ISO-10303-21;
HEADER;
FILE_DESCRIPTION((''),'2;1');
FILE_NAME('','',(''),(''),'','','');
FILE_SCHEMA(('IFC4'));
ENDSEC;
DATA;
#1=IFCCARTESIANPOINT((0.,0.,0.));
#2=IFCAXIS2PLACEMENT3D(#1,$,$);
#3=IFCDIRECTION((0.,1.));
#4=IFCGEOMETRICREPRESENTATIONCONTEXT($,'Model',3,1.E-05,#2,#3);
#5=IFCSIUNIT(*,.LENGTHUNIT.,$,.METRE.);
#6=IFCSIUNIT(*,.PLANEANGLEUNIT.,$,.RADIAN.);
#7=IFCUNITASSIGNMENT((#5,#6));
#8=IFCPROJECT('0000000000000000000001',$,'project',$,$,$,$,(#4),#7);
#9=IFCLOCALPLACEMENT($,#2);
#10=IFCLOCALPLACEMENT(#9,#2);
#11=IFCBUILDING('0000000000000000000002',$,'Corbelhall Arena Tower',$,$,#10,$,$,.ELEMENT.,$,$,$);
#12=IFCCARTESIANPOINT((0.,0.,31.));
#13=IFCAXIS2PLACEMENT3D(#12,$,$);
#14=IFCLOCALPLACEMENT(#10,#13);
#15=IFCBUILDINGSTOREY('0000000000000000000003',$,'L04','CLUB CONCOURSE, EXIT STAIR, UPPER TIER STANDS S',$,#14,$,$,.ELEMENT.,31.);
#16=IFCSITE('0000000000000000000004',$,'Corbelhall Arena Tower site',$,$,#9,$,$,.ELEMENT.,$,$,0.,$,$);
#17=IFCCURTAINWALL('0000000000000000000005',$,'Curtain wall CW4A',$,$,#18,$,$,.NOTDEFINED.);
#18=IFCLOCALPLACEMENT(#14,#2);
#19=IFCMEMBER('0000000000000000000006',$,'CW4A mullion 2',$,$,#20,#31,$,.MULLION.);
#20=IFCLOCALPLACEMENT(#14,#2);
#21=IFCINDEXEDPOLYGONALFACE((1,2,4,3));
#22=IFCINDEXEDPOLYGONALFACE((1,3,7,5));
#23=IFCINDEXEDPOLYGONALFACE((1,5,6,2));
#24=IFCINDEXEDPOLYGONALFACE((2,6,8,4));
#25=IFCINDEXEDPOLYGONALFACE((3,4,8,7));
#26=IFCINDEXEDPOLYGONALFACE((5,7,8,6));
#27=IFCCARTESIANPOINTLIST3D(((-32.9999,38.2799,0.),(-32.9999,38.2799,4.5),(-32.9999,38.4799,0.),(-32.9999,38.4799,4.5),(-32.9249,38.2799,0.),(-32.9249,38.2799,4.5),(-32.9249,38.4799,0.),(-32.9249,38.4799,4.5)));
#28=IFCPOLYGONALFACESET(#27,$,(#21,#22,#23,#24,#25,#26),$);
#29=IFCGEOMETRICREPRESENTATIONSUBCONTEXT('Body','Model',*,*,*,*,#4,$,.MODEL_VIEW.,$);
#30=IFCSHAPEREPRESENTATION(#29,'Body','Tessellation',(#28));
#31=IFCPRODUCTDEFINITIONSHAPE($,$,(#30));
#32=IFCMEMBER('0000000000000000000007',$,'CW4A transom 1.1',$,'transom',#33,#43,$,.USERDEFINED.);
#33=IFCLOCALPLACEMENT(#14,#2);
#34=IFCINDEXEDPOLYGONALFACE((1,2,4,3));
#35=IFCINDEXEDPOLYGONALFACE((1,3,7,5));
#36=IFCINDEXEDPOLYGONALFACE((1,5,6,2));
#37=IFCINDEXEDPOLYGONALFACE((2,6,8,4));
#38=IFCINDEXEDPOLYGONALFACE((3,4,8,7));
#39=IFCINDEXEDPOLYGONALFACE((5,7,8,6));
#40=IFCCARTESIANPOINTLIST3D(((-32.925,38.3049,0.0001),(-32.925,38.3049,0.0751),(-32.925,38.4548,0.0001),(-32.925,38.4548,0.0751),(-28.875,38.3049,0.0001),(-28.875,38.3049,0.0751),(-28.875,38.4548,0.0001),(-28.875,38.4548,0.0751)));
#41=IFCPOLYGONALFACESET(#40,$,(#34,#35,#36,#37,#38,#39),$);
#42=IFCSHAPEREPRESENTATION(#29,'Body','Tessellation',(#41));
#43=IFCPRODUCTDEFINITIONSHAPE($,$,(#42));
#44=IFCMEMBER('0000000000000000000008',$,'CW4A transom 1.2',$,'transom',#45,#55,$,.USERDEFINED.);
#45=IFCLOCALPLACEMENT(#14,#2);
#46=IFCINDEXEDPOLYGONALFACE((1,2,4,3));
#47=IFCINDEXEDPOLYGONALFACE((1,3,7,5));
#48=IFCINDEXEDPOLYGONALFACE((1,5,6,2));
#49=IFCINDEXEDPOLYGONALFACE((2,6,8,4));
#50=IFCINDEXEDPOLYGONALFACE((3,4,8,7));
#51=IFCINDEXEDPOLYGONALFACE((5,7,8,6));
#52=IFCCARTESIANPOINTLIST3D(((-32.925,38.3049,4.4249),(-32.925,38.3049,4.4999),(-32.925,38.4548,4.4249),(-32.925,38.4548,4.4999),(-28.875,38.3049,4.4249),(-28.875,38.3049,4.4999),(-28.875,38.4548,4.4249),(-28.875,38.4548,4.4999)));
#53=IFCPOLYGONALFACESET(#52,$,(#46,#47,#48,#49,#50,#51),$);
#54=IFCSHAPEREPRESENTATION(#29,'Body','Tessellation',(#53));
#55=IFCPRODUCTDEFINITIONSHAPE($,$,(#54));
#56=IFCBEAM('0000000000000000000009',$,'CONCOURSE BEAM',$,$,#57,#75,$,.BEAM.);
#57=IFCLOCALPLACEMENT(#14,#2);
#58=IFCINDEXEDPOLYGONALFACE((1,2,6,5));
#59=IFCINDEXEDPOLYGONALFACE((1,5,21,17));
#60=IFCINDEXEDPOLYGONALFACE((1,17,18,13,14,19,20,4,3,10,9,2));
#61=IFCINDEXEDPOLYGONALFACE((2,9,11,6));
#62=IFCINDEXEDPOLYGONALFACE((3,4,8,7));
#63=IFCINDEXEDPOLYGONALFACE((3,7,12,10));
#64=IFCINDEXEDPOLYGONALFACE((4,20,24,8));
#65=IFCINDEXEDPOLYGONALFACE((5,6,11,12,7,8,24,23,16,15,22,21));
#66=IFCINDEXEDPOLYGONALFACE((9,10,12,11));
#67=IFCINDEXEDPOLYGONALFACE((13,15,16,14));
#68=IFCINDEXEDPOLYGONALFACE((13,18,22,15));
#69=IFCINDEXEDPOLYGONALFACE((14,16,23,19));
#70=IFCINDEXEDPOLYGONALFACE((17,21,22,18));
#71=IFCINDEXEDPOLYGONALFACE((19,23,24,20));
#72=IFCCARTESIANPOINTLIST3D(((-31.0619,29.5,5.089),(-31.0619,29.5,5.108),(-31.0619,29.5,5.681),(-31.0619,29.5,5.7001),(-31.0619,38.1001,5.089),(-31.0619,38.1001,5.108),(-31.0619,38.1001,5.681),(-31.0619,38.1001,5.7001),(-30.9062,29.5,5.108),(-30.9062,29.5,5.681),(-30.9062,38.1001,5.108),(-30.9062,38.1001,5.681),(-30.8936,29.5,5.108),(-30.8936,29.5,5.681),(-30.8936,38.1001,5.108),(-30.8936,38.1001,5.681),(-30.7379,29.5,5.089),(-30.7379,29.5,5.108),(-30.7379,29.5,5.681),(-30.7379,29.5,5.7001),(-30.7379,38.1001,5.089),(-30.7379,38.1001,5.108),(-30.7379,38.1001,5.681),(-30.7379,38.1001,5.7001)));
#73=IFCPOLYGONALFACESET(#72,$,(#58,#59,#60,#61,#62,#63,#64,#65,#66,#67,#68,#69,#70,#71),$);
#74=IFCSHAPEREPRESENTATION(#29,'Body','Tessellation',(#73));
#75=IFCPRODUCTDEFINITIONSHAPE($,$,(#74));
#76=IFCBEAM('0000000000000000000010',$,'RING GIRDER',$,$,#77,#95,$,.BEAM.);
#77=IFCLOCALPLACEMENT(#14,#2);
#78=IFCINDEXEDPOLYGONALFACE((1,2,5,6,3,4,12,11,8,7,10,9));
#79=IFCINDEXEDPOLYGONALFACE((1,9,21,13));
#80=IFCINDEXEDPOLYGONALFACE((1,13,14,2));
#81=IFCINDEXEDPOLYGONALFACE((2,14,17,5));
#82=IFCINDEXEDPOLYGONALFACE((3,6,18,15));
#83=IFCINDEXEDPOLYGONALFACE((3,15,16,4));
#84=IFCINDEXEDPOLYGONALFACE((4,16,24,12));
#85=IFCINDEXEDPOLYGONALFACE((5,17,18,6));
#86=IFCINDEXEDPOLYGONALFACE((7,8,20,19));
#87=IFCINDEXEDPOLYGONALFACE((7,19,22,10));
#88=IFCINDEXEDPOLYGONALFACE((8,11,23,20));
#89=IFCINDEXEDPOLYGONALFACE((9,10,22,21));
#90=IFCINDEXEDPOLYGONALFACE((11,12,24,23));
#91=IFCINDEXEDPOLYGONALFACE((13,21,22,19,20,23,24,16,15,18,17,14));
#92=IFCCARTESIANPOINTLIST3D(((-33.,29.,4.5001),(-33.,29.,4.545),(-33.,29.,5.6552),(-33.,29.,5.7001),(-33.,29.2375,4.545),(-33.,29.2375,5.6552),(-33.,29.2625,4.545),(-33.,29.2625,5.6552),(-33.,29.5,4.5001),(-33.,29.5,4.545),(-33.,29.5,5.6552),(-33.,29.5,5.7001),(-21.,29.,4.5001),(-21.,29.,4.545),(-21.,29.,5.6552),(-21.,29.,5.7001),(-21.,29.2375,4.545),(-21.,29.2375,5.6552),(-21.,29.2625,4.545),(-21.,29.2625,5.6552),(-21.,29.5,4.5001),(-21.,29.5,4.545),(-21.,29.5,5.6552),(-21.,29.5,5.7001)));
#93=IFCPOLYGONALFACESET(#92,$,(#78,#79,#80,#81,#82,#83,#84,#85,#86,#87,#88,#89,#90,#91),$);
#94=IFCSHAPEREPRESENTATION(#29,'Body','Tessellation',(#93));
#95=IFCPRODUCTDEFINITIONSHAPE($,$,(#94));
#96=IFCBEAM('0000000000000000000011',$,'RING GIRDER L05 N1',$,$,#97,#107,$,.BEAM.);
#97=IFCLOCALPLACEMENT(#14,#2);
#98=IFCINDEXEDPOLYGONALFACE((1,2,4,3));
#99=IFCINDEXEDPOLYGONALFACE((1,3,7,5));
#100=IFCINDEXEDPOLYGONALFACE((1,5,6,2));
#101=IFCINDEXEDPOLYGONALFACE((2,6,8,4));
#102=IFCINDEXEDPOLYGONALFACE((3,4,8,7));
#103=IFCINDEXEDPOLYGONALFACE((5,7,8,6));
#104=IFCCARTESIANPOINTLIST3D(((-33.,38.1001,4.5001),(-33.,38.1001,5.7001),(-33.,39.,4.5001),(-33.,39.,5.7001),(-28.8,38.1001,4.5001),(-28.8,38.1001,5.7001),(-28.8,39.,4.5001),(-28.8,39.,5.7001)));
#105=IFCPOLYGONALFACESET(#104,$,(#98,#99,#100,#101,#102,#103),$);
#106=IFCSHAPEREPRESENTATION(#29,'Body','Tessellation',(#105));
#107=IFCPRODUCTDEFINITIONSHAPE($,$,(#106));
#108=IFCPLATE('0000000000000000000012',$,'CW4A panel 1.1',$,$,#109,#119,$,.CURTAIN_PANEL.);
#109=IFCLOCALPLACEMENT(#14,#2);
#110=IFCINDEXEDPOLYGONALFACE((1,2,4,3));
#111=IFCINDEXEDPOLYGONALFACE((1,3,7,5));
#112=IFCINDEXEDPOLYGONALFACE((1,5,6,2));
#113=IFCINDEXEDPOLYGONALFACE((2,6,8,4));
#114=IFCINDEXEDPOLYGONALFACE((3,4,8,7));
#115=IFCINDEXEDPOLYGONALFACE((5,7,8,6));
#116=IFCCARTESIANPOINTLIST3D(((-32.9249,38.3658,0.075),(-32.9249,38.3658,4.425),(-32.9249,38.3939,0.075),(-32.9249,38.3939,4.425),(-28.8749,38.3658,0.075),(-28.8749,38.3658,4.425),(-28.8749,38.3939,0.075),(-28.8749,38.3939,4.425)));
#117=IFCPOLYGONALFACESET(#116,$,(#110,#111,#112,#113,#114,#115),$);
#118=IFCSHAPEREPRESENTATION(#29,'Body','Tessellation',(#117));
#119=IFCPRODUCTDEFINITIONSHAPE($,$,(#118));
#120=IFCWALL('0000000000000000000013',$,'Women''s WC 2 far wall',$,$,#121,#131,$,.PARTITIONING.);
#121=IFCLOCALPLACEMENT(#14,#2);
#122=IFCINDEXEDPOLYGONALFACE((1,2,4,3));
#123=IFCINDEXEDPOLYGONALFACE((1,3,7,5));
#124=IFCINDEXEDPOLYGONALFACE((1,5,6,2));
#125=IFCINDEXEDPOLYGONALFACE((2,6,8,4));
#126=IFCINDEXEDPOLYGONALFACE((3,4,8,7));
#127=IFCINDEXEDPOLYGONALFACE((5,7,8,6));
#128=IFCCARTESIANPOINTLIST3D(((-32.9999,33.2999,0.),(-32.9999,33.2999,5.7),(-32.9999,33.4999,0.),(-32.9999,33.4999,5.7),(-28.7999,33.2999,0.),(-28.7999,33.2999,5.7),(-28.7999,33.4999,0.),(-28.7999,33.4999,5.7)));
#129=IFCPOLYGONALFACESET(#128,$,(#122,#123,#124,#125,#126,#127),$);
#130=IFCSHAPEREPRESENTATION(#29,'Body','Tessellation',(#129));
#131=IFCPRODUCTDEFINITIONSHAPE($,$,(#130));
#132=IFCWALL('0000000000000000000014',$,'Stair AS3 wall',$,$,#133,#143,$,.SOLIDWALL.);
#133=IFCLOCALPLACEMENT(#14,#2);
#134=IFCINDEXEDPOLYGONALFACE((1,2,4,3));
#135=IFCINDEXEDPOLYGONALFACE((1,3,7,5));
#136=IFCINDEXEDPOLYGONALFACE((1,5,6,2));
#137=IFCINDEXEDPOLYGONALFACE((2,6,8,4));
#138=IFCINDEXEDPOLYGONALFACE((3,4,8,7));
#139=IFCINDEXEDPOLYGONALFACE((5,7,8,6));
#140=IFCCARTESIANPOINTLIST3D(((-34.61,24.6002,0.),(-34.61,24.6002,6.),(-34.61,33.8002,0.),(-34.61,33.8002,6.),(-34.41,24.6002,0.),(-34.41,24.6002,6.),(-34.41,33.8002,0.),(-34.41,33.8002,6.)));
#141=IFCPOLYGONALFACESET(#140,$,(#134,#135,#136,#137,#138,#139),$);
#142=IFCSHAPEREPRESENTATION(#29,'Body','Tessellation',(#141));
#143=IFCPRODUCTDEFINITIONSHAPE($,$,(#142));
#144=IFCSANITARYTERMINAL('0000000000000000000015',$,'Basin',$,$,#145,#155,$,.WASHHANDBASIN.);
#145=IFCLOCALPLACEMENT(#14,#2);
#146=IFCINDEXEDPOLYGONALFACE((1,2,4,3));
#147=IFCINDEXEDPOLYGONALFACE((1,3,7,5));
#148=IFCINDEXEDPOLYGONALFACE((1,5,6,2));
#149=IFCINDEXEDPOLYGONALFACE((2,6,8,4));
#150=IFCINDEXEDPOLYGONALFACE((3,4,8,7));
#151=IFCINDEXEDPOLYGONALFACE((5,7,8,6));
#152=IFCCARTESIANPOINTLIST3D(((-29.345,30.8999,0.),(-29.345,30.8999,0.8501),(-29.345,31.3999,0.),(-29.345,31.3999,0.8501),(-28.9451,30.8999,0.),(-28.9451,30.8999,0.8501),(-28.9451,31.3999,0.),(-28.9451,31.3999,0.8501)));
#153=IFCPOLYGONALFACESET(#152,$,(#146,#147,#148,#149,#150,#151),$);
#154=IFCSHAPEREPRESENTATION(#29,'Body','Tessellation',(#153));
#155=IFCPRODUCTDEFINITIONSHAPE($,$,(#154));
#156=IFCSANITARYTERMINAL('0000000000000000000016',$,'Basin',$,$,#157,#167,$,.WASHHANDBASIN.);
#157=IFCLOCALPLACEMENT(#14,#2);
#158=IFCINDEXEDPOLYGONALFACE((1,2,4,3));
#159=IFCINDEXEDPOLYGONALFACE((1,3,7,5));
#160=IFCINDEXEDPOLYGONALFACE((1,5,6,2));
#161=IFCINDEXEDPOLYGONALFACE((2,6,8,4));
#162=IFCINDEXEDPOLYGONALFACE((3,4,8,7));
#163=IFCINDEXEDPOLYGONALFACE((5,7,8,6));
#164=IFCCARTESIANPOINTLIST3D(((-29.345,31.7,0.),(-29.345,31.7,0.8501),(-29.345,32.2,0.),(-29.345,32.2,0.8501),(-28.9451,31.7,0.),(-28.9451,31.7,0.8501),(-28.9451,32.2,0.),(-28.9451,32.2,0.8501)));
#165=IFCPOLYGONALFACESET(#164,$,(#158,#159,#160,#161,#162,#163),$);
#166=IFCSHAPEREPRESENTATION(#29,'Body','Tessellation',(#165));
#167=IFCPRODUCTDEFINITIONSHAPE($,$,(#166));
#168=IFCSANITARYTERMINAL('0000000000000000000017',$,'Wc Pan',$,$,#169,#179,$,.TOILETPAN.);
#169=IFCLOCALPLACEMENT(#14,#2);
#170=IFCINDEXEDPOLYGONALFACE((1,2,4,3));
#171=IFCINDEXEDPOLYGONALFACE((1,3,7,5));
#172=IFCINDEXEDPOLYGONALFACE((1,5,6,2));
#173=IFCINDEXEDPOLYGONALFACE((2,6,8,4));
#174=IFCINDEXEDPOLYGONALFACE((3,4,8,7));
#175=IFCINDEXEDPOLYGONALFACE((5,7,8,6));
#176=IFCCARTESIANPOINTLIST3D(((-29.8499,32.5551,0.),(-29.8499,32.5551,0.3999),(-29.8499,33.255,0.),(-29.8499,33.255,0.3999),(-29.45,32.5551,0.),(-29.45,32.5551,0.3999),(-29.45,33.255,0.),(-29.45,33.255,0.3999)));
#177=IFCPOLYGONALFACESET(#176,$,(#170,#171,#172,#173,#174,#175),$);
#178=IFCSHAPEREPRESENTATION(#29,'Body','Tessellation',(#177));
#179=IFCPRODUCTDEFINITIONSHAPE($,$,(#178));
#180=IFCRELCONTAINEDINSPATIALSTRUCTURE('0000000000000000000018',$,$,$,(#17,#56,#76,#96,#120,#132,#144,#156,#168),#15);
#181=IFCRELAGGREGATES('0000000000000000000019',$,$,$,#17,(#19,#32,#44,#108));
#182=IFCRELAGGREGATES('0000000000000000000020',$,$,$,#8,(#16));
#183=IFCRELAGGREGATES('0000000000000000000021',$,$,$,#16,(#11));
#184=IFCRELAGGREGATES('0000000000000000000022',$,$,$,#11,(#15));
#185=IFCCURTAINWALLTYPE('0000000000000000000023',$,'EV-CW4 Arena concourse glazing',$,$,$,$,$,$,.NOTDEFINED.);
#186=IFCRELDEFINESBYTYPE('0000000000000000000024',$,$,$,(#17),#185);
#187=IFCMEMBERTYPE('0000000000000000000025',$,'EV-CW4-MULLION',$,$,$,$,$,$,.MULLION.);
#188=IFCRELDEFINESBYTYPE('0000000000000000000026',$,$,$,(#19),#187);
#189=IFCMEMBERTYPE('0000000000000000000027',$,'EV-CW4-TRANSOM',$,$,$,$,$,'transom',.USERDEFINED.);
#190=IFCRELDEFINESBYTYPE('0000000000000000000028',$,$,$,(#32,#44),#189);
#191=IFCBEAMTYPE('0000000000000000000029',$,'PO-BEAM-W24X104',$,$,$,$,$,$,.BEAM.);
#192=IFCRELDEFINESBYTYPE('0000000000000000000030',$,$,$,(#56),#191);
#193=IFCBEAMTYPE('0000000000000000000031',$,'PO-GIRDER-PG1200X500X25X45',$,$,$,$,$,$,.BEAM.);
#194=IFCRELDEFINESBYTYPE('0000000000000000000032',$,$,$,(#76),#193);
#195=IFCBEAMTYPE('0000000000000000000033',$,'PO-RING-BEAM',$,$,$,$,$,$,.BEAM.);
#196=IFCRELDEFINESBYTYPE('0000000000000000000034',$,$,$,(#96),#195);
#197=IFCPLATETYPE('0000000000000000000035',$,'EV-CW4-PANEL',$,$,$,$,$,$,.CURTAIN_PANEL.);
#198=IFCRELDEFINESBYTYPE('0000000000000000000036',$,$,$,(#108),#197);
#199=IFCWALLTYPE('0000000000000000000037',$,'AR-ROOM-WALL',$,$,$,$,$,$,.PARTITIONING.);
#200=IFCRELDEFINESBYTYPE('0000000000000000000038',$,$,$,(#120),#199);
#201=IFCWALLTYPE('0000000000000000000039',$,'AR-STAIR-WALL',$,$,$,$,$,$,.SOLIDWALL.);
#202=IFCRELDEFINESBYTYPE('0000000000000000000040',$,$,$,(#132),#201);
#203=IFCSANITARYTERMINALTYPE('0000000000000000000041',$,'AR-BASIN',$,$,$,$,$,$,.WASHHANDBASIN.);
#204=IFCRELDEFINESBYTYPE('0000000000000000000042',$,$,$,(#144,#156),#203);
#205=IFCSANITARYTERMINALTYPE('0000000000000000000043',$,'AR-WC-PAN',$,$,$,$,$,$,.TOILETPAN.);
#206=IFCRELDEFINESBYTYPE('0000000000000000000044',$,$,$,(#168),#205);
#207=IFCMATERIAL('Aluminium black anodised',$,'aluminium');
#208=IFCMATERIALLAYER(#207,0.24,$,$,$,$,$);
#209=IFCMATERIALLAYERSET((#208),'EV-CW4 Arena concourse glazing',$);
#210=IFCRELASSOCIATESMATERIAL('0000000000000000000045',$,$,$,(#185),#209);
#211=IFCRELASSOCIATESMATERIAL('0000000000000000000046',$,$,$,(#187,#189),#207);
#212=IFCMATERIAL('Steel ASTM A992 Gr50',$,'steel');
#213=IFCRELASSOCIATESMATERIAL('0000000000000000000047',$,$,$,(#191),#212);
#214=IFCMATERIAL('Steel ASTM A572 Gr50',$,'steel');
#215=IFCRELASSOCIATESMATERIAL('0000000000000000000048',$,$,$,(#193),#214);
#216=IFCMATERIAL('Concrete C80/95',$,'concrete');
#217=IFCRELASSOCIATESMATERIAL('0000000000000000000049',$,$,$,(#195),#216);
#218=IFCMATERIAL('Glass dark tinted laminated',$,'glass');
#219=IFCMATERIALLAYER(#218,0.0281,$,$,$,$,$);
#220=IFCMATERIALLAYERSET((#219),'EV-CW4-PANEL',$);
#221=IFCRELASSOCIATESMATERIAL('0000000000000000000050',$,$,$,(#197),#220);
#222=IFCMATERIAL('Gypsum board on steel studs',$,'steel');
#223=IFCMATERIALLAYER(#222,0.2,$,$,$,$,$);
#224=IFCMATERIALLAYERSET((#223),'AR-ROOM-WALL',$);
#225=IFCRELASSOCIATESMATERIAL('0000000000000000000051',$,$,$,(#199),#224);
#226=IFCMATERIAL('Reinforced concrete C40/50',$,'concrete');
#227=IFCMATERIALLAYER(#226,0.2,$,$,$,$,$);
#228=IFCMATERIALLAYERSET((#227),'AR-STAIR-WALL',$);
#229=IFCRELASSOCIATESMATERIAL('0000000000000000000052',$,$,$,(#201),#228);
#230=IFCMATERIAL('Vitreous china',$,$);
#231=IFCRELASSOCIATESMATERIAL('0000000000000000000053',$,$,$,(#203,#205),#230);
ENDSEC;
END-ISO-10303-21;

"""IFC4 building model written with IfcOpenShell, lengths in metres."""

from ifc_helpers import new_model, si_unit, direction, frame, frame_2d, origin, origin_2d, place, context, subcontext, project, spatial, rectangle, i_section, extrude, material, layer, layer_set, material_profile, profile_set, type_object, element, aggregate, save


model = new_model("IFC4")

# Units and contexts
model_context = context("Model", 3, precision=1e-05, world=origin(), true_north=direction((0.0, 1.0)))
body_context = subcontext(model_context, "Body", "Model", "MODEL_VIEW")
ifc_project = project(units=[si_unit("LENGTHUNIT", "METRE"), si_unit("PLANEANGLEUNIT", "RADIAN")], contexts=[model_context])

# Site, building, storey
site_placement = place(None, origin())
site = spatial("IfcSite", under=ifc_project, at=site_placement, Name="Corbelhall Arena Tower site", CompositionType="ELEMENT", RefElevation=0.0)
building_placement = place(site_placement, origin())
building = spatial("IfcBuilding", under=site, at=building_placement, Name="Corbelhall Arena Tower", CompositionType="ELEMENT")
storey_placement = place(building_placement, frame((0.0, 0.0, 31.0)))
storey = spatial("IfcBuildingStorey", under=building, at=storey_placement, Name="L04", Description="CLUB CONCOURSE, EXIT STAIR, UPPER TIER STANDS S", CompositionType="ELEMENT", Elevation=31.0)

# Curtain wall, members
ifc_material_1 = material(Name="Aluminium black anodised", Category="aluminium")
ifc_layer_1 = layer(ifc_material_1, 0.24)
ifc_layer_set_1 = layer_set([ifc_layer_1], Name="EV-CW4 Arena concourse glazing")
curtain_wall_type = type_object("IfcCurtainWallType", Name="EV-CW4 Arena concourse glazing", PredefinedType="NOTDEFINED", material=ifc_layer_set_1)
curtain_wall_placement = place(storey_placement, origin())
curtain_wall = element("IfcCurtainWall", 1, at=curtain_wall_placement, inside=storey, type_object=curtain_wall_type, Name="Curtain wall CW4A", PredefinedType="NOTDEFINED")
ifc_material_profile_1 = material_profile(ifc_material_1, rectangle(XDim=0.2, YDim=0.075, at=origin_2d()))
ifc_profile_set_1 = profile_set([ifc_material_profile_1], Name="Aluminium black anodised")
member_type_1 = type_object("IfcMemberType", Name="EV-CW4-MULLION", PredefinedType="MULLION", material=ifc_profile_set_1)
member_1_placement = place(storey_placement, frame((-32.9624, 38.3799, 0.0), z_axis=(0.0, 0.0, 1.0), x_axis=(0.0, -1.0, 0.0)))
member_1 = element("IfcMember", 2, at=member_1_placement, type_object=member_type_1, Name="CW4A mullion 2", PredefinedType="MULLION", context=body_context, shape_type="SweptSolid", body=[
    extrude(rectangle(XDim=0.2, YDim=0.075, at=origin_2d()), origin(), (0.0, 0.0, 1.0), 4.5),
])
ifc_material_profile_2 = material_profile(ifc_material_1, rectangle(XDim=0.1499, YDim=0.075, at=origin_2d()))
ifc_profile_set_2 = profile_set([ifc_material_profile_2], Name="Aluminium black anodised")
member_type_2 = type_object("IfcMemberType", Name="EV-CW4-TRANSOM", ElementType="transom", PredefinedType="USERDEFINED", material=ifc_profile_set_2)
member_2_placement = place(storey_placement, frame((-28.875, 38.3799, 0.0376), z_axis=(-1.0, 0.0, 0.0), x_axis=(0.0, -1.0, 0.0)))
member_2 = element("IfcMember", 3, at=member_2_placement, type_object=member_type_2, Name="CW4A transom 1.1", ObjectType="transom", PredefinedType="USERDEFINED", context=body_context, shape_type="SweptSolid", body=[
    extrude(rectangle(XDim=0.1499, YDim=0.075, at=origin_2d()), origin(), (0.0, 0.0, 1.0), 4.05),
])
member_3_placement = place(storey_placement, frame((-28.875, 38.3799, 4.4624), z_axis=(-1.0, 0.0, 0.0), x_axis=(0.0, -1.0, 0.0)))
member_3 = element("IfcMember", 4, at=member_3_placement, type_object=member_type_2, Name="CW4A transom 1.2", ObjectType="transom", PredefinedType="USERDEFINED", context=body_context, shape_type="SweptSolid", body=[
    extrude(rectangle(XDim=0.1499, YDim=0.075, at=origin_2d()), origin(), (0.0, 0.0, 1.0), 4.05),
])

# Beams
ifc_material_2 = material(Name="Steel ASTM A992 Gr50", Category="steel")
ifc_material_profile_3 = material_profile(ifc_material_2, i_section(OverallWidth=0.324, OverallDepth=0.6111, WebThickness=0.0127, FlangeThickness=0.019, at=origin_2d()))
ifc_profile_set_3 = profile_set([ifc_material_profile_3], Name="Steel ASTM A992 Gr50")
beam_type_1 = type_object("IfcBeamType", Name="PO-BEAM-W24X104", PredefinedType="BEAM", material=ifc_profile_set_3)
beam_1_placement = place(storey_placement, frame((-30.8999, 29.5, 5.3945), z_axis=(0.0, 1.0, 0.0), x_axis=(-1.0, 0.0, 0.0)))
element("IfcBeam", 5, at=beam_1_placement, inside=storey, type_object=beam_type_1, Name="CONCOURSE BEAM", PredefinedType="BEAM", context=body_context, shape_type="SweptSolid", body=[
    extrude(i_section(OverallWidth=0.324, OverallDepth=0.6111, WebThickness=0.0127, FlangeThickness=0.019, at=origin_2d()), origin(), (0.0, 0.0, 1.0), 8.6001),
])
ifc_material_3 = material(Name="Steel ASTM A572 Gr50", Category="steel")
ifc_material_profile_4 = material_profile(ifc_material_3, i_section(OverallWidth=0.5, OverallDepth=1.2, WebThickness=0.0249, FlangeThickness=0.0449, at=origin_2d()))
ifc_profile_set_4 = profile_set([ifc_material_profile_4], Name="Steel ASTM A572 Gr50")
beam_type_2 = type_object("IfcBeamType", Name="PO-GIRDER-PG1200X500X25X45", PredefinedType="BEAM", material=ifc_profile_set_4)
beam_2_placement = place(storey_placement, frame((-33.0, 29.25, 5.1001), z_axis=(1.0, 0.0, 0.0), x_axis=(0.0, 1.0, 0.0)))
element("IfcBeam", 6, at=beam_2_placement, inside=storey, type_object=beam_type_2, Name="RING GIRDER", PredefinedType="BEAM", context=body_context, shape_type="SweptSolid", body=[
    extrude(i_section(OverallWidth=0.5, OverallDepth=1.2, WebThickness=0.0249, FlangeThickness=0.0449, at=origin_2d()), origin(), (0.0, 0.0, 1.0), 12.0),
])
ifc_material_4 = material(Name="Concrete C80/95", Category="concrete")
ifc_material_profile_5 = material_profile(ifc_material_4, rectangle(XDim=0.8999, YDim=1.2, at=origin_2d()))
ifc_profile_set_5 = profile_set([ifc_material_profile_5], Name="Concrete C80/95")
beam_type_3 = type_object("IfcBeamType", Name="PO-RING-BEAM", PredefinedType="BEAM", material=ifc_profile_set_5)
beam_3_placement = place(storey_placement, frame((-33.0, 38.55, 5.1001), z_axis=(1.0, 0.0, 0.0), x_axis=(0.0, 1.0, 0.0)))
element("IfcBeam", 7, at=beam_3_placement, inside=storey, type_object=beam_type_3, Name="RING GIRDER L05 N1", PredefinedType="BEAM", context=body_context, shape_type="SweptSolid", body=[
    extrude(rectangle(XDim=0.8999, YDim=1.2, at=origin_2d()), origin(), (0.0, 0.0, 1.0), 4.2),
])

# Plate
ifc_material_5 = material(Name="Glass dark tinted laminated", Category="glass")
ifc_layer_2 = layer(ifc_material_5, 0.0281)
ifc_layer_set_2 = layer_set([ifc_layer_2], Name="EV-CW4-PANEL")
plate_type = type_object("IfcPlateType", Name="EV-CW4-PANEL", PredefinedType="CURTAIN_PANEL", material=ifc_layer_set_2)
plate_placement = place(storey_placement, frame((-30.8999, 38.3799, 0.075), z_axis=(0.0, 0.0, 1.0), x_axis=(-1.0, 0.0, 0.0)))
plate = element("IfcPlate", 8, at=plate_placement, type_object=plate_type, Name="CW4A panel 1.1", PredefinedType="CURTAIN_PANEL", context=body_context, shape_type="SweptSolid", body=[
    extrude(rectangle(XDim=4.05, YDim=0.0281, at=origin_2d()), origin(), (0.0, 0.0, 1.0), 4.3501),
])
aggregate(curtain_wall, [member_1, member_2, member_3, plate])

# Shared definitions
ifc_material_6 = material(Name="Gypsum board on steel studs", Category="steel")
ifc_layer_3 = layer(ifc_material_6, 0.2)
ifc_layer_set_3 = layer_set([ifc_layer_3], Name="AR-ROOM-WALL")
wall_type_1 = type_object("IfcWallType", Name="AR-ROOM-WALL", PredefinedType="PARTITIONING", material=ifc_layer_set_3)

# Walls
wall_1_placement = place(storey_placement, frame((-33.0, 33.3999, 0.0), z_axis=(0.0, 0.0, 1.0), x_axis=(1.0, 0.0, 0.0)))
element("IfcWall", 9, at=wall_1_placement, inside=storey, type_object=wall_type_1, Name="Women's WC 2 far wall", PredefinedType="PARTITIONING", context=body_context, shape_type="SweptSolid", body=[
    extrude(rectangle(XDim=4.2, YDim=0.2, at=frame_2d((2.1001, 0.0))), origin(), (0.0, 0.0, 1.0), 5.7),
])
ifc_material_7 = material(Name="Reinforced concrete C40/50", Category="concrete")
ifc_layer_4 = layer(ifc_material_7, 0.2)
ifc_layer_set_4 = layer_set([ifc_layer_4], Name="AR-STAIR-WALL")
wall_type_2 = type_object("IfcWallType", Name="AR-STAIR-WALL", PredefinedType="SOLIDWALL", material=ifc_layer_set_4)
wall_2_placement = place(storey_placement, frame((-34.51, 24.6001, 0.0), z_axis=(0.0, 0.0, 1.0), x_axis=(0.0, 1.0, 0.0)))
element("IfcWall", 10, at=wall_2_placement, inside=storey, type_object=wall_type_2, Name="Stair AS3 wall", PredefinedType="SOLIDWALL", context=body_context, shape_type="SweptSolid", body=[
    extrude(rectangle(XDim=9.2, YDim=0.2, at=frame_2d((4.6001, 0.0))), origin(), (0.0, 0.0, 1.0), 6.0),
])

# Sanitary terminals
ifc_material_8 = material(Name="Vitreous china")
sanitary_terminal_type_1 = type_object("IfcSanitaryTerminalType", Name="AR-BASIN", PredefinedType="WASHHANDBASIN", material=ifc_material_8)
for number, where, z_axis, x_axis, name in (
    (11, (-29.145, 31.1499, 0.0), (0.0, 0.0, 1.0), (1.0, 0.0, 0.0), "Basin"),
    (12, (-29.145, 31.95, 0.0), (0.0, 0.0, 1.0), (1.0, 0.0, 0.0), "Basin"),
):
    element("IfcSanitaryTerminal", number, at=place(storey_placement, frame(where, z_axis=z_axis, x_axis=x_axis)), inside=storey, type_object=sanitary_terminal_type_1, Name=name, PredefinedType="WASHHANDBASIN", context=body_context, shape_type="SweptSolid", body=[
        extrude(rectangle(XDim=0.3999, YDim=0.5, at=origin_2d()), origin(), (0.0, 0.0, 1.0), 0.8501),
    ])
sanitary_terminal_type_2 = type_object("IfcSanitaryTerminalType", Name="AR-WC-PAN", PredefinedType="TOILETPAN", material=ifc_material_8)
for number, where, z_axis, x_axis, name in (
    (13, (-29.6499, 32.905, 0.0), (0.0, 0.0, 1.0), (1.0, 0.0, 0.0), "Wc Pan"),
):
    element("IfcSanitaryTerminal", number, at=place(storey_placement, frame(where, z_axis=z_axis, x_axis=x_axis)), inside=storey, type_object=sanitary_terminal_type_2, Name=name, PredefinedType="TOILETPAN", context=body_context, shape_type="SweptSolid", body=[
        extrude(rectangle(XDim=0.3999, YDim=0.7, at=origin_2d()), origin(), (0.0, 0.0, 1.0), 0.3999),
    ])

save(model, "model.ifc")
